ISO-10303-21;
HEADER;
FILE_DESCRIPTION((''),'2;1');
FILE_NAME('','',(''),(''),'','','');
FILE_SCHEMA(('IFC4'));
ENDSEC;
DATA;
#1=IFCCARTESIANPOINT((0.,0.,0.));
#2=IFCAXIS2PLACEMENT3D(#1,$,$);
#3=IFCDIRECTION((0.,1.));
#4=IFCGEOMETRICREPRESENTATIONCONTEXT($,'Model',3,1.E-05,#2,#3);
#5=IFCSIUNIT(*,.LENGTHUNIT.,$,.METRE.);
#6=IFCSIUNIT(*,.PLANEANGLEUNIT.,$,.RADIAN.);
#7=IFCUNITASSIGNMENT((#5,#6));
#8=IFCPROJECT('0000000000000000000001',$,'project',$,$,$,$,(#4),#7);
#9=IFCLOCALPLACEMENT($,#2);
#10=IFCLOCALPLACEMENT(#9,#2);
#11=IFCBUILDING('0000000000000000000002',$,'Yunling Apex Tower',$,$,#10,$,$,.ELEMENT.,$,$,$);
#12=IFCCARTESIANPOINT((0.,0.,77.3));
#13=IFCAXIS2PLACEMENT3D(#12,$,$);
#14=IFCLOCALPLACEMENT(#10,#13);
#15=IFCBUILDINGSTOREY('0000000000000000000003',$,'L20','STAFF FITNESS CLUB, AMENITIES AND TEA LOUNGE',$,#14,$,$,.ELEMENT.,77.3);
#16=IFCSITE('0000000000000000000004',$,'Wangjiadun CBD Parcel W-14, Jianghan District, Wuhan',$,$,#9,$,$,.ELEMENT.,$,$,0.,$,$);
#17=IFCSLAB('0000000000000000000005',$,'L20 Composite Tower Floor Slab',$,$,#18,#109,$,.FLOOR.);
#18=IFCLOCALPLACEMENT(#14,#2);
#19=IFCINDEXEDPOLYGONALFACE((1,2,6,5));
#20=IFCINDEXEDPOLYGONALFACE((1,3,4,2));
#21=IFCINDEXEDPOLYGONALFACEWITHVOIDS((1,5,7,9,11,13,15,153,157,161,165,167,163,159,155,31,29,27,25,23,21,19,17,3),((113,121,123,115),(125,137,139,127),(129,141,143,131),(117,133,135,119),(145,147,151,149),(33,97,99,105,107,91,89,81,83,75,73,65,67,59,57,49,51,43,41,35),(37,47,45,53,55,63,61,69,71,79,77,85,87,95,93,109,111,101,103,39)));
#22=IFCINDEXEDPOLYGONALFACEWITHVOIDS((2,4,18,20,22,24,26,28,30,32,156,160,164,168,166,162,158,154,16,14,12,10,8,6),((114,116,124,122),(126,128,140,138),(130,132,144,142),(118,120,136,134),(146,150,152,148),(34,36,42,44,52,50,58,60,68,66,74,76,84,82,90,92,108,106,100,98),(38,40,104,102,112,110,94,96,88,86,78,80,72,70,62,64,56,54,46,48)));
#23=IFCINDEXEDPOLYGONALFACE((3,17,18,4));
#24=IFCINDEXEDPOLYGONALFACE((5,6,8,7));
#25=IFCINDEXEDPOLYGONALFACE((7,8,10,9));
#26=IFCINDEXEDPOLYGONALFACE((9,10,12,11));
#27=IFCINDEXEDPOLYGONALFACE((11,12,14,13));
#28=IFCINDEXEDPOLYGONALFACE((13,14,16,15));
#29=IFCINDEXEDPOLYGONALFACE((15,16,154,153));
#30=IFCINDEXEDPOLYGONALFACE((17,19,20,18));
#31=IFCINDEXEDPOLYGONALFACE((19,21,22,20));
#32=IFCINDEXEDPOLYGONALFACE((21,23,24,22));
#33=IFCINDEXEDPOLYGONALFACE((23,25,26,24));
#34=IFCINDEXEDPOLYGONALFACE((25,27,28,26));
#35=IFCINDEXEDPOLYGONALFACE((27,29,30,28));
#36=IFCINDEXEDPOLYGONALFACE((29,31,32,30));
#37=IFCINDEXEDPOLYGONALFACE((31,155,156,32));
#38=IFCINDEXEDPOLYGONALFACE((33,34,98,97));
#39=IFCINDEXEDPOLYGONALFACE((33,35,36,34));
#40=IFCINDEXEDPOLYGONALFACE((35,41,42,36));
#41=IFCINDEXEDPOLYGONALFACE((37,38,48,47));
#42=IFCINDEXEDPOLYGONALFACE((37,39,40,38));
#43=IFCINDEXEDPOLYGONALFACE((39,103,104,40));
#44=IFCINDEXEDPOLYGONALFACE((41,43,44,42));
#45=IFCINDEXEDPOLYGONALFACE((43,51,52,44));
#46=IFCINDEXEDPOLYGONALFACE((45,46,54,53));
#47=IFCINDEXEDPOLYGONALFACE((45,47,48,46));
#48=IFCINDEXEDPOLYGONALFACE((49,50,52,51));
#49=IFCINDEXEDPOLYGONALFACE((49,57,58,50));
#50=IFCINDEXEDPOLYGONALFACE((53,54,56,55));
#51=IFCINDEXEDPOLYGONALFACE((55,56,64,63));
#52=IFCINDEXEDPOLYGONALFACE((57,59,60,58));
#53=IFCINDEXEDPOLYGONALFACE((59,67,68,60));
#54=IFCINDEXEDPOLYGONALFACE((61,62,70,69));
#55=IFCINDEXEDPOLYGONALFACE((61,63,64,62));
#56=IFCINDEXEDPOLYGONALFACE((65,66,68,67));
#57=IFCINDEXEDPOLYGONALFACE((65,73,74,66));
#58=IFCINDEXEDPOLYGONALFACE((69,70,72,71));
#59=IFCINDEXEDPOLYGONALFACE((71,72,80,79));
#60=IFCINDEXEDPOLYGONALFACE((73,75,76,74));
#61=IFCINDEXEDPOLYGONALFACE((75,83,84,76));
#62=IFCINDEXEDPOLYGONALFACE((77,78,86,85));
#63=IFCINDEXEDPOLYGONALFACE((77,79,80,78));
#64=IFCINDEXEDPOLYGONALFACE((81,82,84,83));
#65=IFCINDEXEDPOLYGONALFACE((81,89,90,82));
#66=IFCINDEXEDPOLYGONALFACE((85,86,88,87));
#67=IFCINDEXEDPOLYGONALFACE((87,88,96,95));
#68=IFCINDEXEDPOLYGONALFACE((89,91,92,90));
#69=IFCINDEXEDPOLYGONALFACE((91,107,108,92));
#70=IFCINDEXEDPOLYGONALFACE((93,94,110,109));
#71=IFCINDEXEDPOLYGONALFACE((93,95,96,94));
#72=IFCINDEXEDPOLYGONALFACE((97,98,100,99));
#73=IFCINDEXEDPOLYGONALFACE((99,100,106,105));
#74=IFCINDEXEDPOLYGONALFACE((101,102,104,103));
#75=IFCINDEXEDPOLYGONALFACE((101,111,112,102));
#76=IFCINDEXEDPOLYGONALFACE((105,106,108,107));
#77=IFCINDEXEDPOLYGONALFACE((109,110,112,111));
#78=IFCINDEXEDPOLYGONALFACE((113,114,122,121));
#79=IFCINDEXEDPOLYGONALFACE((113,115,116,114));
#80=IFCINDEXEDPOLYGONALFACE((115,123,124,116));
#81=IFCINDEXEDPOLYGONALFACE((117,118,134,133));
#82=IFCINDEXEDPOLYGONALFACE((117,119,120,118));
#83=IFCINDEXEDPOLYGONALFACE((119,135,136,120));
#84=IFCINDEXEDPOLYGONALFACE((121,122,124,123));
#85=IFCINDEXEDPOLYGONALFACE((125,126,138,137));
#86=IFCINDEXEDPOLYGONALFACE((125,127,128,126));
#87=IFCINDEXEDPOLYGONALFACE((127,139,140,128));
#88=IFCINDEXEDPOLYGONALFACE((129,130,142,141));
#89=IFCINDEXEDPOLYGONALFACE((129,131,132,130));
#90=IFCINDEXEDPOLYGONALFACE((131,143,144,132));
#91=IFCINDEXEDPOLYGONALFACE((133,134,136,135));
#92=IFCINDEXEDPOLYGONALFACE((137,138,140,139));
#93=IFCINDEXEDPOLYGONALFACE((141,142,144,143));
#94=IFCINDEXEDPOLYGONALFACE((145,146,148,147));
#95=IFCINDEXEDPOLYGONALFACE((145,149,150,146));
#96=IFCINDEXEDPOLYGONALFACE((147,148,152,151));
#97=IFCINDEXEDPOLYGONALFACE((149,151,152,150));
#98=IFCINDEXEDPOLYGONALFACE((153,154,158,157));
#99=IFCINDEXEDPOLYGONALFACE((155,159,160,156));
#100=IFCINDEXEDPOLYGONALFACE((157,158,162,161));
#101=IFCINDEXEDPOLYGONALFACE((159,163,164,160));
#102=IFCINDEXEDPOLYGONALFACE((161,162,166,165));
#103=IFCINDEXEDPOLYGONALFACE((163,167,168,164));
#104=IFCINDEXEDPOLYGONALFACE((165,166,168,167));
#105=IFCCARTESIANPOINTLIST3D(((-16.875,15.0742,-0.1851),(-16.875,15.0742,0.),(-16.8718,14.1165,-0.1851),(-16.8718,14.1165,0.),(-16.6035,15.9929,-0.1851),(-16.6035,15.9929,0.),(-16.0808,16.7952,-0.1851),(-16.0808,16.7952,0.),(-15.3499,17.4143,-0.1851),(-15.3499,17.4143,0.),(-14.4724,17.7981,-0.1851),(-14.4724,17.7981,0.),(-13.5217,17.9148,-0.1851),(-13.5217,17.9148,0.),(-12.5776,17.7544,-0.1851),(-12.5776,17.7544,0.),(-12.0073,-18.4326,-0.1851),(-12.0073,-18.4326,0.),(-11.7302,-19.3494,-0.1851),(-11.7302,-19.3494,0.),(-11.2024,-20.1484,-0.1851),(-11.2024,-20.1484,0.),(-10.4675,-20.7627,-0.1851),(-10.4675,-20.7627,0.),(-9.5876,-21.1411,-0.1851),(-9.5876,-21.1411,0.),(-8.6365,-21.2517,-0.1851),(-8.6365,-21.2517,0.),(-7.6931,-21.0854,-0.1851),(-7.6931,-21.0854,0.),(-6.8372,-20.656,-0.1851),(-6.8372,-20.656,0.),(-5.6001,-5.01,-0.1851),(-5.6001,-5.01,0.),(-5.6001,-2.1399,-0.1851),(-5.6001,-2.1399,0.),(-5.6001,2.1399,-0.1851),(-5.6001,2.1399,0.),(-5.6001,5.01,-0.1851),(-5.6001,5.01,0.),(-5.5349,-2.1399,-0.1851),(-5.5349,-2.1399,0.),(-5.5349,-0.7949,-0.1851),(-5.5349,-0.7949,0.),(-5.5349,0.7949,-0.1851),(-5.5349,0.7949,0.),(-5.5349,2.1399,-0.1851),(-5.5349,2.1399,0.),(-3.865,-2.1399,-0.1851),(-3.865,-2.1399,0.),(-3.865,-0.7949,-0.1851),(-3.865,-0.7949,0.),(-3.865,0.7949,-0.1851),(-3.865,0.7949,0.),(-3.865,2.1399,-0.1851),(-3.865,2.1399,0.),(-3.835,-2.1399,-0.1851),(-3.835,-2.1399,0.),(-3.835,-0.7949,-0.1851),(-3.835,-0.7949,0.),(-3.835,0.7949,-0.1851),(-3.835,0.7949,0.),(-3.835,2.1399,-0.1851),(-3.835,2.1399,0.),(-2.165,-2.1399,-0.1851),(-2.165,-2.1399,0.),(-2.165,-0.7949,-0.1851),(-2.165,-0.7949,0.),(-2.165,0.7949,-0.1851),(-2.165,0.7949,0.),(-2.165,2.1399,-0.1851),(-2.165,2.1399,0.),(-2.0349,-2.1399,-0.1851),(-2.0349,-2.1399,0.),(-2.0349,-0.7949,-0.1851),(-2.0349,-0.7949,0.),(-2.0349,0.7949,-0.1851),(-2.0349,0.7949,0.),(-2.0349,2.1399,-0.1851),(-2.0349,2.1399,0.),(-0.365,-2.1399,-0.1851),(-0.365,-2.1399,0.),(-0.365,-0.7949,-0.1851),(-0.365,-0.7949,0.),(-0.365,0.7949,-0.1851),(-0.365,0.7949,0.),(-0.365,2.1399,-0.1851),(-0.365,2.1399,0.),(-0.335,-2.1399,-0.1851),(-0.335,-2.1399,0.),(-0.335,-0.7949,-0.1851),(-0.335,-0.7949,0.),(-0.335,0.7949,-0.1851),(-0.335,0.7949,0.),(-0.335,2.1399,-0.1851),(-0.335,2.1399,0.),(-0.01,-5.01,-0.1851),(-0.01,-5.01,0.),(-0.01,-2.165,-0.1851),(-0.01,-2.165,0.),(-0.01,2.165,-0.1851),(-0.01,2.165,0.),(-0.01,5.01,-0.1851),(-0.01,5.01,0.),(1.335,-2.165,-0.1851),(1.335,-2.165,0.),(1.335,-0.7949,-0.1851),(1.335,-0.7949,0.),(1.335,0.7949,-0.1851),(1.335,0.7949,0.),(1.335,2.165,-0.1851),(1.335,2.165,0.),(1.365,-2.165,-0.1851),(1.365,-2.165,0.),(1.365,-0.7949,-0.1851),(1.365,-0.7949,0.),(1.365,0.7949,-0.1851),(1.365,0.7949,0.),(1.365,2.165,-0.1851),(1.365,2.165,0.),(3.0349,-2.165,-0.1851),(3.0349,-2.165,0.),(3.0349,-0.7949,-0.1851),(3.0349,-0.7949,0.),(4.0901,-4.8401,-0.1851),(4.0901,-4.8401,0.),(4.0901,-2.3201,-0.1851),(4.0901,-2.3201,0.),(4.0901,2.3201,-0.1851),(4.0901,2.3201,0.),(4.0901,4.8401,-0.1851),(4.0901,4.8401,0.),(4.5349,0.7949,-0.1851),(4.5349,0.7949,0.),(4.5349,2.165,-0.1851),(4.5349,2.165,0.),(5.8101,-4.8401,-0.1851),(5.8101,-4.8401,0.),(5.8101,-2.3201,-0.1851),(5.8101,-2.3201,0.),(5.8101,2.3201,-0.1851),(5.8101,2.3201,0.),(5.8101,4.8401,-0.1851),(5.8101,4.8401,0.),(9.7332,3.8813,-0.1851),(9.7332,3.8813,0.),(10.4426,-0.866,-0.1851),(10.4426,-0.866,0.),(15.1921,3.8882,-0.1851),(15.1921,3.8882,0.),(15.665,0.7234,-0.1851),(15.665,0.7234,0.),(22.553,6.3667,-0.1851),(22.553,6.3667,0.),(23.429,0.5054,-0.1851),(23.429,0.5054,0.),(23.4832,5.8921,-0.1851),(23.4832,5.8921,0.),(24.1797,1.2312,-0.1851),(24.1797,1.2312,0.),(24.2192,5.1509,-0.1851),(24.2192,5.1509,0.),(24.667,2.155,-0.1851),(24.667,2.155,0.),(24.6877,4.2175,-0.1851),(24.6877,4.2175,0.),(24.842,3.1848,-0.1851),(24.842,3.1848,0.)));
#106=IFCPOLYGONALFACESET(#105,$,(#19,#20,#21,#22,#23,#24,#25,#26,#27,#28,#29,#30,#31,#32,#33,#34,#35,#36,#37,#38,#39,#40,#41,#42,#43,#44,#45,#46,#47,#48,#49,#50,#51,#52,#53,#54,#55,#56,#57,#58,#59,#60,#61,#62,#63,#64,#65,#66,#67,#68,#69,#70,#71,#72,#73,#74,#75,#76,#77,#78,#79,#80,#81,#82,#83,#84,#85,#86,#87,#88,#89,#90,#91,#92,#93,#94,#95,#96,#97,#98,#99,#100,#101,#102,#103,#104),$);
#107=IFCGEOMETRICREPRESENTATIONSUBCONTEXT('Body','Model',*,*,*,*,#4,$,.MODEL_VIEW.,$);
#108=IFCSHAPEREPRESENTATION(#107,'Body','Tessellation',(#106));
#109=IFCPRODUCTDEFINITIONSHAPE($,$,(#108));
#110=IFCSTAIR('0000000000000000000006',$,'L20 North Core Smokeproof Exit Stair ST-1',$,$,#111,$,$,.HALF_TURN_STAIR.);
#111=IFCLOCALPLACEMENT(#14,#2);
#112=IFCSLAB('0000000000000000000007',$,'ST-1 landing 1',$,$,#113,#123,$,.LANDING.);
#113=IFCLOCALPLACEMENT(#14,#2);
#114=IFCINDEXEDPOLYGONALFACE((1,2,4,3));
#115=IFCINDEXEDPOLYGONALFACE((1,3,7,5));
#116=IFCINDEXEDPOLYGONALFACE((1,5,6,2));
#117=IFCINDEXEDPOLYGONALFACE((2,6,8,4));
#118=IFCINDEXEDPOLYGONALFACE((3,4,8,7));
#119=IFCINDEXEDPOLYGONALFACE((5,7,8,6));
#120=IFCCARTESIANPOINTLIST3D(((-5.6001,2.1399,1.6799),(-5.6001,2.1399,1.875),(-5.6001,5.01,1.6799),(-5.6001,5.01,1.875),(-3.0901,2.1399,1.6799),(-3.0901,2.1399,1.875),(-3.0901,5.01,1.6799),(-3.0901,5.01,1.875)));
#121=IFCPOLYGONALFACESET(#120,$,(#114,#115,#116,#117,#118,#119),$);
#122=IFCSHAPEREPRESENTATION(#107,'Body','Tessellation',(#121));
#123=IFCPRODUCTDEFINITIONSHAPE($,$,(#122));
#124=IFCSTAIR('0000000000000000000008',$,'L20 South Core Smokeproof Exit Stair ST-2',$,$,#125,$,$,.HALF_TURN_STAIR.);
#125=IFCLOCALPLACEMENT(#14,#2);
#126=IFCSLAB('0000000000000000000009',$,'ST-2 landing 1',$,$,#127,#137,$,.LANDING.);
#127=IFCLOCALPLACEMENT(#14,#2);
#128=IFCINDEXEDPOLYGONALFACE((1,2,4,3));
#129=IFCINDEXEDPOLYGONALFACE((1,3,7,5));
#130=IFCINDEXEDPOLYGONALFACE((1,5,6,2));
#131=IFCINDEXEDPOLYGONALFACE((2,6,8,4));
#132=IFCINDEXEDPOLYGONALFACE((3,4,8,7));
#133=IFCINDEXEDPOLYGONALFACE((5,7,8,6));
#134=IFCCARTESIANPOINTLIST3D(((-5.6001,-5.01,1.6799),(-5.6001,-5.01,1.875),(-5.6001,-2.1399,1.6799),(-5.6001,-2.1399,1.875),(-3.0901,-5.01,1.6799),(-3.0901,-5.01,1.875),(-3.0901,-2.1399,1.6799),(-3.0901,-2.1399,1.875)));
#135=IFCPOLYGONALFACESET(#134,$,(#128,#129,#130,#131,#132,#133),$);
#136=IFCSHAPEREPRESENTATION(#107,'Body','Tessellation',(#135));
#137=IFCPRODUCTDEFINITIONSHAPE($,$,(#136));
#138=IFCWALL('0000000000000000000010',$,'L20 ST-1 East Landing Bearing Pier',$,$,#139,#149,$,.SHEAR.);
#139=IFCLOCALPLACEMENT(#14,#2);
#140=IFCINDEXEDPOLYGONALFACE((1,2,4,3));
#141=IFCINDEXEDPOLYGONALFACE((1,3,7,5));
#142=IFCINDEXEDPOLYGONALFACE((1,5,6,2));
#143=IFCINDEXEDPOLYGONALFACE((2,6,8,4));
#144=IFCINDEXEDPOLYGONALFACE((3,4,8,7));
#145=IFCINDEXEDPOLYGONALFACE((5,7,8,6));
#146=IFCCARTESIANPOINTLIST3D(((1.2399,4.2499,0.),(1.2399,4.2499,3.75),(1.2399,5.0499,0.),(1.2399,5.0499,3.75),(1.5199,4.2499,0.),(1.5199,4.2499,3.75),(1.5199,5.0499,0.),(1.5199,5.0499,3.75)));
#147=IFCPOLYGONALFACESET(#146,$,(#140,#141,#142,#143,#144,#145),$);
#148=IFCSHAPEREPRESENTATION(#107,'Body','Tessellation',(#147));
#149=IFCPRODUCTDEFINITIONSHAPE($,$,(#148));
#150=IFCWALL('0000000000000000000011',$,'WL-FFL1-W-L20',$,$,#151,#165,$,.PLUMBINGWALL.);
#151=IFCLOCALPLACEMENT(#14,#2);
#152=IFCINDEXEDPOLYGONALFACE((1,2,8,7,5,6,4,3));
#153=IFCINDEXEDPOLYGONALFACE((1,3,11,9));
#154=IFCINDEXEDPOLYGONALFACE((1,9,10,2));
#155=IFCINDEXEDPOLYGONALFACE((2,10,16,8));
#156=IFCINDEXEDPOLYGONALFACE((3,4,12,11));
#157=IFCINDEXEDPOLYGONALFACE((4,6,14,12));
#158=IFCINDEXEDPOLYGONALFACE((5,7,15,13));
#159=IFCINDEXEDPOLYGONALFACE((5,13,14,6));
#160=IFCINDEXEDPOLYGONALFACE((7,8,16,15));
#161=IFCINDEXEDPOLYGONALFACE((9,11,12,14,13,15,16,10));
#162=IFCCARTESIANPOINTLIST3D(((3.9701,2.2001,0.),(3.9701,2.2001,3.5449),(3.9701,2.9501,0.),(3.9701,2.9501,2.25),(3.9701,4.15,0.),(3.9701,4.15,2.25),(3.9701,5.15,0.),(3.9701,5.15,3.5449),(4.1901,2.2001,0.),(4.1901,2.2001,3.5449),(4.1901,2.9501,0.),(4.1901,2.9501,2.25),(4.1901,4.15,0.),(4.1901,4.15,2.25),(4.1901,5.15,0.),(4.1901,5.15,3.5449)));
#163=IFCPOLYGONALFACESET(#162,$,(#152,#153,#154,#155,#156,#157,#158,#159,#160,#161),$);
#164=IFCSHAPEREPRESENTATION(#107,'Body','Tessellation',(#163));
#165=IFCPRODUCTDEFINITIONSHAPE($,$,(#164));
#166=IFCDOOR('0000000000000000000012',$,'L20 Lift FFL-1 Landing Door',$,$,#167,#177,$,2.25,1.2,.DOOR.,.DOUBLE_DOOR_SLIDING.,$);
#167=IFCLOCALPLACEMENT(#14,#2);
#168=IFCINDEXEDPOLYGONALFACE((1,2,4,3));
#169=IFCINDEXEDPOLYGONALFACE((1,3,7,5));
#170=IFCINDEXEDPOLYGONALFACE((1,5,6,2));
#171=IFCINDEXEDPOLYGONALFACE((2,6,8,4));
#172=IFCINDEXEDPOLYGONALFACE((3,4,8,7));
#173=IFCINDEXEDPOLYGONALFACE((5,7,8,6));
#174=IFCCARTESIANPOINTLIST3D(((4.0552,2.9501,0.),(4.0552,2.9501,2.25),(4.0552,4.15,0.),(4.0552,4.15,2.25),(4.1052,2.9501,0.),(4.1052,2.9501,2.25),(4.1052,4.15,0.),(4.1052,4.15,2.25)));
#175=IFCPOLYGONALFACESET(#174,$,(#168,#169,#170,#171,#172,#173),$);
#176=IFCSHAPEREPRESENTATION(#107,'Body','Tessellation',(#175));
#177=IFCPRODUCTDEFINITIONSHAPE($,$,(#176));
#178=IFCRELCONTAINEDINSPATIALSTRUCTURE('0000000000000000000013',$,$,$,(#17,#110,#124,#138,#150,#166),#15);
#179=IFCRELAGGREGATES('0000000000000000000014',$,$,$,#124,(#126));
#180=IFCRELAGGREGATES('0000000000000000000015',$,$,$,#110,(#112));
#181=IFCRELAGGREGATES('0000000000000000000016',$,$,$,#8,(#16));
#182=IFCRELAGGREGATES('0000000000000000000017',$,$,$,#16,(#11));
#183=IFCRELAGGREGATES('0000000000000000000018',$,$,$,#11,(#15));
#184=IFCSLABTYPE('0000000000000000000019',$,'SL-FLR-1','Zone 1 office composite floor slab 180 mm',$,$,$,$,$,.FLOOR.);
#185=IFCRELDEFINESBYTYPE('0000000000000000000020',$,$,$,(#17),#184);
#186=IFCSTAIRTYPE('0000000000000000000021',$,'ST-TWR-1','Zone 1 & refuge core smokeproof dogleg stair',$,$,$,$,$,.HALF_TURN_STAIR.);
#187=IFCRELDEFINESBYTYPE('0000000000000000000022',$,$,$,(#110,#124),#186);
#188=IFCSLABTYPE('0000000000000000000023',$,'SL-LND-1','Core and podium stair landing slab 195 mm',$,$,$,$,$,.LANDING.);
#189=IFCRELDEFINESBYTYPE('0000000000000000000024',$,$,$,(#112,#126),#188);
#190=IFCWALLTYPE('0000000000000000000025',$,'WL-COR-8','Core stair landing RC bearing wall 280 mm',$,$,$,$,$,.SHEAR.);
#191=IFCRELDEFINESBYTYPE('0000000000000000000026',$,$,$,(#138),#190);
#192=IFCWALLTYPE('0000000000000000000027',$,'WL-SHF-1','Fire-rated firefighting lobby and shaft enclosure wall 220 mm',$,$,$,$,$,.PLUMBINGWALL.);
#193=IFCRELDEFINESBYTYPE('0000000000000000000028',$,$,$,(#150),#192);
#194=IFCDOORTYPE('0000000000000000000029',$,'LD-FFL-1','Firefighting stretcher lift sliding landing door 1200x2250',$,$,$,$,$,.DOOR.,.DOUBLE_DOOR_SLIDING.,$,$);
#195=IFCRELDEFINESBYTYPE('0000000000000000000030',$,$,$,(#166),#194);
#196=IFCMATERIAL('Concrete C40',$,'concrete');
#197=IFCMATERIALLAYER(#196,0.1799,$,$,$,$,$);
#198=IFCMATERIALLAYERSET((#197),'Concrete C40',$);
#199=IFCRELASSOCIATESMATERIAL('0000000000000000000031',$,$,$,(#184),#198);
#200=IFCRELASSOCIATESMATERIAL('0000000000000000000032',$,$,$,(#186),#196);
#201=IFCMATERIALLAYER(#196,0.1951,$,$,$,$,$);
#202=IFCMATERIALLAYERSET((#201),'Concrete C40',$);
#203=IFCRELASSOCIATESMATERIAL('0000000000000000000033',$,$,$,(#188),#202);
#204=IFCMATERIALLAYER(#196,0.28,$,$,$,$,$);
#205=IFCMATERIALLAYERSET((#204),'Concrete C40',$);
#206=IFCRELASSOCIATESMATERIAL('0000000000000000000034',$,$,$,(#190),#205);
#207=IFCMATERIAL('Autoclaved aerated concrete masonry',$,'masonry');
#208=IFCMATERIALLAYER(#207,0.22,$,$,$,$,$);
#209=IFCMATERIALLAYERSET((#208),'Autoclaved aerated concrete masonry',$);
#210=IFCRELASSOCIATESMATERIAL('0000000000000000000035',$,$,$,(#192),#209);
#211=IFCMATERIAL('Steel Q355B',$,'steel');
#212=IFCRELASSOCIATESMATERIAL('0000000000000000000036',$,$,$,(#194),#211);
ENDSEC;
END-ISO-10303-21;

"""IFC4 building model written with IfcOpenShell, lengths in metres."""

from ifc_helpers import new_model, si_unit, direction, frame, frame_2d, origin, place, context, subcontext, project, spatial, polyline, rectangle, outline, extrude, material, layer, layer_set, type_object, element, fill, aggregate, save


model = new_model("IFC4")

# Units and contexts
model_context = context("Model", 3, precision=1e-05, world=origin(), true_north=direction((0.0, 1.0)))
body_context = subcontext(model_context, "Body", "Model", "MODEL_VIEW")
ifc_project = project(units=[si_unit("LENGTHUNIT", "METRE"), si_unit("PLANEANGLEUNIT", "RADIAN")], contexts=[model_context])

# Site, building, storey
site_placement = place(None, origin())
site = spatial("IfcSite", under=ifc_project, at=site_placement, Name="Wangjiadun CBD Parcel W-14, Jianghan District, Wuhan", CompositionType="ELEMENT", RefElevation=0.0)
building_placement = place(site_placement, origin())
building = spatial("IfcBuilding", under=site, at=building_placement, Name="Yunling Apex Tower", CompositionType="ELEMENT")
storey_placement = place(building_placement, frame((0.0, 0.0, 77.3)))
storey = spatial("IfcBuildingStorey", under=building, at=storey_placement, Name="L20", Description="STAFF FITNESS CLUB, AMENITIES AND TEA LOUNGE", CompositionType="ELEMENT", Elevation=77.3)

# Slab
ifc_material_1 = material(Name="Concrete C40", Category="concrete")
ifc_layer_1 = layer(ifc_material_1, 0.1799)
ifc_layer_set_1 = layer_set([ifc_layer_1], Name="Concrete C40")
slab_type_1 = type_object("IfcSlabType", Name="SL-FLR-1", Description="Zone 1 office composite floor slab 180 mm", PredefinedType="FLOOR", material=ifc_layer_set_1)
slab_1_placement = place(storey_placement, frame((0.0, 0.0, -0.1851)))
element("IfcSlab", 1, at=slab_1_placement, inside=storey, type_object=slab_type_1, Name="L20 Composite Tower Floor Slab", PredefinedType="FLOOR", context=body_context, shape_type="SweptSolid", body=[
    extrude(outline(polyline([(-12.0073, -18.4326), (-11.7302, -19.3494), (-11.2024, -20.1484), (-10.4675, -20.7627), (-9.5876, -21.1411), (-8.6365, -21.2517), (-7.6931, -21.0854), (-6.8372, -20.656), (23.429, 0.5054), (24.1797, 1.2312), (24.667, 2.155), (24.842, 3.1848), (24.6877, 4.2175), (24.2192, 5.1509), (23.4832, 5.8921), (22.553, 6.3667), (-12.5776, 17.7544), (-13.5217, 17.9148), (-14.4724, 17.7981), (-15.3499, 17.4143), (-16.0808, 16.7952), (-16.6035, 15.9929), (-16.875, 15.0742), (-16.8718, 14.1165), (-12.0073, -18.4326)]), holes=[polyline([(15.1921, 3.8882), (15.665, 0.7234), (10.4426, -0.866), (9.7332, 3.8813), (15.1921, 3.8882)]), polyline([(5.8101, -2.3201), (5.8101, -4.8401), (4.0901, -4.8401), (4.0901, -2.3201), (5.8101, -2.3201)]), polyline([(5.8101, 4.8401), (5.8101, 2.3201), (4.0901, 2.3201), (4.0901, 4.8401), (5.8101, 4.8401)]), polyline([(4.5349, 0.7949), (1.365, 0.7949), (1.365, 2.165), (4.5349, 2.165), (4.5349, 0.7949)]), polyline([(3.0349, -0.7949), (3.0349, -2.165), (1.365, -2.165), (1.365, -0.7949), (3.0349, -0.7949)]), polyline([(-3.865, -0.7949), (-3.865, -2.1399), (-3.835, -2.1399), (-3.835, -0.7949), (-2.165, -0.7949), (-2.165, -2.1399), (-2.0349, -2.1399), (-2.0349, -0.7949), (-0.365, -0.7949), (-0.365, -2.1399), (-0.335, -2.1399), (-0.335, -0.7949), (1.335, -0.7949), (1.335, -2.165), (-0.01, -2.165), (-0.01, -5.01), (-5.6001, -5.01), (-5.6001, -2.1399), (-5.5349, -2.1399), (-5.5349, -0.7949), (-3.865, -0.7949)]), polyline([(-5.6001, 2.1399), (-5.6001, 5.01), (-0.01, 5.01), (-0.01, 2.165), (1.335, 2.165), (1.335, 0.7949), (-0.335, 0.7949), (-0.335, 2.1399), (-0.365, 2.1399), (-0.365, 0.7949), (-2.0349, 0.7949), (-2.0349, 2.1399), (-2.165, 2.1399), (-2.165, 0.7949), (-3.835, 0.7949), (-3.835, 2.1399), (-3.865, 2.1399), (-3.865, 0.7949), (-5.5349, 0.7949), (-5.5349, 2.1399), (-5.6001, 2.1399)])]), origin(), (0.0, 0.0, 1.0), 0.1851),
])

# Stairs, slabs
stair_type = type_object("IfcStairType", Name="ST-TWR-1", Description="Zone 1 & refuge core smokeproof dogleg stair", PredefinedType="HALF_TURN_STAIR", material=ifc_material_1)
stair_1_placement = place(storey_placement, origin())
stair_1 = element("IfcStair", 2, at=stair_1_placement, inside=storey, type_object=stair_type, Name="L20 North Core Smokeproof Exit Stair ST-1", PredefinedType="HALF_TURN_STAIR")
ifc_layer_2 = layer(ifc_material_1, 0.1951)
ifc_layer_set_2 = layer_set([ifc_layer_2], Name="Concrete C40")
slab_type_2 = type_object("IfcSlabType", Name="SL-LND-1", Description="Core and podium stair landing slab 195 mm", PredefinedType="LANDING", material=ifc_layer_set_2)
slab_2_placement = place(storey_placement, frame((0.0, 0.0, 1.6799)))
slab_2 = element("IfcSlab", 3, at=slab_2_placement, type_object=slab_type_2, Name="ST-1 landing 1", PredefinedType="LANDING", context=body_context, shape_type="SweptSolid", body=[
    extrude(outline(polyline([(-3.0901, 5.01), (-5.6001, 5.01), (-5.6001, 2.1399), (-3.0901, 2.1399), (-3.0901, 5.01)])), origin(), (0.0, 0.0, 1.0), 0.1951),
])
stair_2_placement = place(storey_placement, origin())
stair_2 = element("IfcStair", 4, at=stair_2_placement, inside=storey, type_object=stair_type, Name="L20 South Core Smokeproof Exit Stair ST-2", PredefinedType="HALF_TURN_STAIR")
slab_3_placement = place(storey_placement, frame((0.0, 0.0, 1.6799)))
slab_3 = element("IfcSlab", 5, at=slab_3_placement, type_object=slab_type_2, Name="ST-2 landing 1", PredefinedType="LANDING", context=body_context, shape_type="SweptSolid", body=[
    extrude(outline(polyline([(-3.0901, -2.1399), (-5.6001, -2.1399), (-5.6001, -5.01), (-3.0901, -5.01), (-3.0901, -2.1399)])), origin(), (0.0, 0.0, 1.0), 0.1951),
])
aggregate(stair_2, [slab_3])

# Wall
ifc_layer_3 = layer(ifc_material_1, 0.28)
ifc_layer_set_3 = layer_set([ifc_layer_3], Name="Concrete C40")
wall_type_1 = type_object("IfcWallType", Name="WL-COR-8", Description="Core stair landing RC bearing wall 280 mm", PredefinedType="SHEAR", material=ifc_layer_set_3)
wall_1_placement = place(storey_placement, frame((1.3799, 4.25, 0.0), z_axis=(0.0, 0.0, 1.0), x_axis=(0.0, 1.0, 0.0)))
element("IfcWall", 6, at=wall_1_placement, inside=storey, type_object=wall_type_1, Name="L20 ST-1 East Landing Bearing Pier", PredefinedType="SHEAR", context=body_context, shape_type="SweptSolid", body=[
    extrude(rectangle(XDim=0.8, YDim=0.28, at=frame_2d((0.3999, 0.0))), origin(), (0.0, 0.0, 1.0), 3.75),
])

# Wall, opening, door
ifc_material_2 = material(Name="Autoclaved aerated concrete masonry", Category="masonry")
ifc_layer_4 = layer(ifc_material_2, 0.22)
ifc_layer_set_4 = layer_set([ifc_layer_4], Name="Autoclaved aerated concrete masonry")
wall_type_2 = type_object("IfcWallType", Name="WL-SHF-1", Description="Fire-rated firefighting lobby and shaft enclosure wall 220 mm", PredefinedType="PLUMBINGWALL", material=ifc_layer_set_4)
ifc_material_3 = material(Name="Steel Q355B", Category="steel")
wall_2_placement = place(storey_placement, frame((4.0801, 2.2, 0.0), z_axis=(0.0, 0.0, 1.0), x_axis=(0.0, 1.0, 0.0)))
wall_2 = element("IfcWall", 7, at=wall_2_placement, inside=storey, type_object=wall_type_2, Name="WL-FFL1-W-L20", PredefinedType="PLUMBINGWALL", context=body_context, shape_type="SweptSolid", body=[
    extrude(rectangle(XDim=2.95, YDim=0.22, at=frame_2d((1.4751, 0.0))), origin(), (0.0, 0.0, 1.0), 3.5449),
])
opening_1_placement = place(wall_2_placement, frame((0.75, 0.0, 0.0)))
opening_1 = element("IfcOpeningElement", 8, at=opening_1_placement, cuts=wall_2, PredefinedType="OPENING", context=body_context, shape_type="SweptSolid", body=[
    extrude(rectangle(XDim=1.2, YDim=2.25, at=frame_2d((0.6001, 1.125))), frame((0.0, 0.1201, 0.0), z_axis=(0.0, -1.0, 0.0), x_axis=(1.0, 0.0, 0.0)), (0.0, 0.0, 1.0), 0.24),
])
door_type_1 = type_object("IfcDoorType", Name="LD-FFL-1", Description="Firefighting stretcher lift sliding landing door 1200x2250", OperationType="DOUBLE_DOOR_SLIDING", PredefinedType="DOOR", material=ifc_material_3)
door_1_placement = place(opening_1_placement, origin())
door_1 = element("IfcDoor", 9, at=door_1_placement, inside=storey, type_object=door_type_1, Name="L20 Lift FFL-1 Landing Door", OperationType="DOUBLE_DOOR_SLIDING", OverallHeight=2.25, OverallWidth=1.2, PredefinedType="DOOR", context=body_context, shape_type="SweptSolid", body=[
    extrude(rectangle(XDim=1.2, YDim=2.25, at=frame_2d((0.6001, 1.125))), frame((0.0, 0.0249, 0.0), z_axis=(0.0, -1.0, 0.0), x_axis=(1.0, 0.0, 0.0)), (0.0, 0.0, 1.0), 0.05),
])
fill(opening_1, door_1)

aggregate(stair_1, [slab_2])

save(model, "model.ifc")
